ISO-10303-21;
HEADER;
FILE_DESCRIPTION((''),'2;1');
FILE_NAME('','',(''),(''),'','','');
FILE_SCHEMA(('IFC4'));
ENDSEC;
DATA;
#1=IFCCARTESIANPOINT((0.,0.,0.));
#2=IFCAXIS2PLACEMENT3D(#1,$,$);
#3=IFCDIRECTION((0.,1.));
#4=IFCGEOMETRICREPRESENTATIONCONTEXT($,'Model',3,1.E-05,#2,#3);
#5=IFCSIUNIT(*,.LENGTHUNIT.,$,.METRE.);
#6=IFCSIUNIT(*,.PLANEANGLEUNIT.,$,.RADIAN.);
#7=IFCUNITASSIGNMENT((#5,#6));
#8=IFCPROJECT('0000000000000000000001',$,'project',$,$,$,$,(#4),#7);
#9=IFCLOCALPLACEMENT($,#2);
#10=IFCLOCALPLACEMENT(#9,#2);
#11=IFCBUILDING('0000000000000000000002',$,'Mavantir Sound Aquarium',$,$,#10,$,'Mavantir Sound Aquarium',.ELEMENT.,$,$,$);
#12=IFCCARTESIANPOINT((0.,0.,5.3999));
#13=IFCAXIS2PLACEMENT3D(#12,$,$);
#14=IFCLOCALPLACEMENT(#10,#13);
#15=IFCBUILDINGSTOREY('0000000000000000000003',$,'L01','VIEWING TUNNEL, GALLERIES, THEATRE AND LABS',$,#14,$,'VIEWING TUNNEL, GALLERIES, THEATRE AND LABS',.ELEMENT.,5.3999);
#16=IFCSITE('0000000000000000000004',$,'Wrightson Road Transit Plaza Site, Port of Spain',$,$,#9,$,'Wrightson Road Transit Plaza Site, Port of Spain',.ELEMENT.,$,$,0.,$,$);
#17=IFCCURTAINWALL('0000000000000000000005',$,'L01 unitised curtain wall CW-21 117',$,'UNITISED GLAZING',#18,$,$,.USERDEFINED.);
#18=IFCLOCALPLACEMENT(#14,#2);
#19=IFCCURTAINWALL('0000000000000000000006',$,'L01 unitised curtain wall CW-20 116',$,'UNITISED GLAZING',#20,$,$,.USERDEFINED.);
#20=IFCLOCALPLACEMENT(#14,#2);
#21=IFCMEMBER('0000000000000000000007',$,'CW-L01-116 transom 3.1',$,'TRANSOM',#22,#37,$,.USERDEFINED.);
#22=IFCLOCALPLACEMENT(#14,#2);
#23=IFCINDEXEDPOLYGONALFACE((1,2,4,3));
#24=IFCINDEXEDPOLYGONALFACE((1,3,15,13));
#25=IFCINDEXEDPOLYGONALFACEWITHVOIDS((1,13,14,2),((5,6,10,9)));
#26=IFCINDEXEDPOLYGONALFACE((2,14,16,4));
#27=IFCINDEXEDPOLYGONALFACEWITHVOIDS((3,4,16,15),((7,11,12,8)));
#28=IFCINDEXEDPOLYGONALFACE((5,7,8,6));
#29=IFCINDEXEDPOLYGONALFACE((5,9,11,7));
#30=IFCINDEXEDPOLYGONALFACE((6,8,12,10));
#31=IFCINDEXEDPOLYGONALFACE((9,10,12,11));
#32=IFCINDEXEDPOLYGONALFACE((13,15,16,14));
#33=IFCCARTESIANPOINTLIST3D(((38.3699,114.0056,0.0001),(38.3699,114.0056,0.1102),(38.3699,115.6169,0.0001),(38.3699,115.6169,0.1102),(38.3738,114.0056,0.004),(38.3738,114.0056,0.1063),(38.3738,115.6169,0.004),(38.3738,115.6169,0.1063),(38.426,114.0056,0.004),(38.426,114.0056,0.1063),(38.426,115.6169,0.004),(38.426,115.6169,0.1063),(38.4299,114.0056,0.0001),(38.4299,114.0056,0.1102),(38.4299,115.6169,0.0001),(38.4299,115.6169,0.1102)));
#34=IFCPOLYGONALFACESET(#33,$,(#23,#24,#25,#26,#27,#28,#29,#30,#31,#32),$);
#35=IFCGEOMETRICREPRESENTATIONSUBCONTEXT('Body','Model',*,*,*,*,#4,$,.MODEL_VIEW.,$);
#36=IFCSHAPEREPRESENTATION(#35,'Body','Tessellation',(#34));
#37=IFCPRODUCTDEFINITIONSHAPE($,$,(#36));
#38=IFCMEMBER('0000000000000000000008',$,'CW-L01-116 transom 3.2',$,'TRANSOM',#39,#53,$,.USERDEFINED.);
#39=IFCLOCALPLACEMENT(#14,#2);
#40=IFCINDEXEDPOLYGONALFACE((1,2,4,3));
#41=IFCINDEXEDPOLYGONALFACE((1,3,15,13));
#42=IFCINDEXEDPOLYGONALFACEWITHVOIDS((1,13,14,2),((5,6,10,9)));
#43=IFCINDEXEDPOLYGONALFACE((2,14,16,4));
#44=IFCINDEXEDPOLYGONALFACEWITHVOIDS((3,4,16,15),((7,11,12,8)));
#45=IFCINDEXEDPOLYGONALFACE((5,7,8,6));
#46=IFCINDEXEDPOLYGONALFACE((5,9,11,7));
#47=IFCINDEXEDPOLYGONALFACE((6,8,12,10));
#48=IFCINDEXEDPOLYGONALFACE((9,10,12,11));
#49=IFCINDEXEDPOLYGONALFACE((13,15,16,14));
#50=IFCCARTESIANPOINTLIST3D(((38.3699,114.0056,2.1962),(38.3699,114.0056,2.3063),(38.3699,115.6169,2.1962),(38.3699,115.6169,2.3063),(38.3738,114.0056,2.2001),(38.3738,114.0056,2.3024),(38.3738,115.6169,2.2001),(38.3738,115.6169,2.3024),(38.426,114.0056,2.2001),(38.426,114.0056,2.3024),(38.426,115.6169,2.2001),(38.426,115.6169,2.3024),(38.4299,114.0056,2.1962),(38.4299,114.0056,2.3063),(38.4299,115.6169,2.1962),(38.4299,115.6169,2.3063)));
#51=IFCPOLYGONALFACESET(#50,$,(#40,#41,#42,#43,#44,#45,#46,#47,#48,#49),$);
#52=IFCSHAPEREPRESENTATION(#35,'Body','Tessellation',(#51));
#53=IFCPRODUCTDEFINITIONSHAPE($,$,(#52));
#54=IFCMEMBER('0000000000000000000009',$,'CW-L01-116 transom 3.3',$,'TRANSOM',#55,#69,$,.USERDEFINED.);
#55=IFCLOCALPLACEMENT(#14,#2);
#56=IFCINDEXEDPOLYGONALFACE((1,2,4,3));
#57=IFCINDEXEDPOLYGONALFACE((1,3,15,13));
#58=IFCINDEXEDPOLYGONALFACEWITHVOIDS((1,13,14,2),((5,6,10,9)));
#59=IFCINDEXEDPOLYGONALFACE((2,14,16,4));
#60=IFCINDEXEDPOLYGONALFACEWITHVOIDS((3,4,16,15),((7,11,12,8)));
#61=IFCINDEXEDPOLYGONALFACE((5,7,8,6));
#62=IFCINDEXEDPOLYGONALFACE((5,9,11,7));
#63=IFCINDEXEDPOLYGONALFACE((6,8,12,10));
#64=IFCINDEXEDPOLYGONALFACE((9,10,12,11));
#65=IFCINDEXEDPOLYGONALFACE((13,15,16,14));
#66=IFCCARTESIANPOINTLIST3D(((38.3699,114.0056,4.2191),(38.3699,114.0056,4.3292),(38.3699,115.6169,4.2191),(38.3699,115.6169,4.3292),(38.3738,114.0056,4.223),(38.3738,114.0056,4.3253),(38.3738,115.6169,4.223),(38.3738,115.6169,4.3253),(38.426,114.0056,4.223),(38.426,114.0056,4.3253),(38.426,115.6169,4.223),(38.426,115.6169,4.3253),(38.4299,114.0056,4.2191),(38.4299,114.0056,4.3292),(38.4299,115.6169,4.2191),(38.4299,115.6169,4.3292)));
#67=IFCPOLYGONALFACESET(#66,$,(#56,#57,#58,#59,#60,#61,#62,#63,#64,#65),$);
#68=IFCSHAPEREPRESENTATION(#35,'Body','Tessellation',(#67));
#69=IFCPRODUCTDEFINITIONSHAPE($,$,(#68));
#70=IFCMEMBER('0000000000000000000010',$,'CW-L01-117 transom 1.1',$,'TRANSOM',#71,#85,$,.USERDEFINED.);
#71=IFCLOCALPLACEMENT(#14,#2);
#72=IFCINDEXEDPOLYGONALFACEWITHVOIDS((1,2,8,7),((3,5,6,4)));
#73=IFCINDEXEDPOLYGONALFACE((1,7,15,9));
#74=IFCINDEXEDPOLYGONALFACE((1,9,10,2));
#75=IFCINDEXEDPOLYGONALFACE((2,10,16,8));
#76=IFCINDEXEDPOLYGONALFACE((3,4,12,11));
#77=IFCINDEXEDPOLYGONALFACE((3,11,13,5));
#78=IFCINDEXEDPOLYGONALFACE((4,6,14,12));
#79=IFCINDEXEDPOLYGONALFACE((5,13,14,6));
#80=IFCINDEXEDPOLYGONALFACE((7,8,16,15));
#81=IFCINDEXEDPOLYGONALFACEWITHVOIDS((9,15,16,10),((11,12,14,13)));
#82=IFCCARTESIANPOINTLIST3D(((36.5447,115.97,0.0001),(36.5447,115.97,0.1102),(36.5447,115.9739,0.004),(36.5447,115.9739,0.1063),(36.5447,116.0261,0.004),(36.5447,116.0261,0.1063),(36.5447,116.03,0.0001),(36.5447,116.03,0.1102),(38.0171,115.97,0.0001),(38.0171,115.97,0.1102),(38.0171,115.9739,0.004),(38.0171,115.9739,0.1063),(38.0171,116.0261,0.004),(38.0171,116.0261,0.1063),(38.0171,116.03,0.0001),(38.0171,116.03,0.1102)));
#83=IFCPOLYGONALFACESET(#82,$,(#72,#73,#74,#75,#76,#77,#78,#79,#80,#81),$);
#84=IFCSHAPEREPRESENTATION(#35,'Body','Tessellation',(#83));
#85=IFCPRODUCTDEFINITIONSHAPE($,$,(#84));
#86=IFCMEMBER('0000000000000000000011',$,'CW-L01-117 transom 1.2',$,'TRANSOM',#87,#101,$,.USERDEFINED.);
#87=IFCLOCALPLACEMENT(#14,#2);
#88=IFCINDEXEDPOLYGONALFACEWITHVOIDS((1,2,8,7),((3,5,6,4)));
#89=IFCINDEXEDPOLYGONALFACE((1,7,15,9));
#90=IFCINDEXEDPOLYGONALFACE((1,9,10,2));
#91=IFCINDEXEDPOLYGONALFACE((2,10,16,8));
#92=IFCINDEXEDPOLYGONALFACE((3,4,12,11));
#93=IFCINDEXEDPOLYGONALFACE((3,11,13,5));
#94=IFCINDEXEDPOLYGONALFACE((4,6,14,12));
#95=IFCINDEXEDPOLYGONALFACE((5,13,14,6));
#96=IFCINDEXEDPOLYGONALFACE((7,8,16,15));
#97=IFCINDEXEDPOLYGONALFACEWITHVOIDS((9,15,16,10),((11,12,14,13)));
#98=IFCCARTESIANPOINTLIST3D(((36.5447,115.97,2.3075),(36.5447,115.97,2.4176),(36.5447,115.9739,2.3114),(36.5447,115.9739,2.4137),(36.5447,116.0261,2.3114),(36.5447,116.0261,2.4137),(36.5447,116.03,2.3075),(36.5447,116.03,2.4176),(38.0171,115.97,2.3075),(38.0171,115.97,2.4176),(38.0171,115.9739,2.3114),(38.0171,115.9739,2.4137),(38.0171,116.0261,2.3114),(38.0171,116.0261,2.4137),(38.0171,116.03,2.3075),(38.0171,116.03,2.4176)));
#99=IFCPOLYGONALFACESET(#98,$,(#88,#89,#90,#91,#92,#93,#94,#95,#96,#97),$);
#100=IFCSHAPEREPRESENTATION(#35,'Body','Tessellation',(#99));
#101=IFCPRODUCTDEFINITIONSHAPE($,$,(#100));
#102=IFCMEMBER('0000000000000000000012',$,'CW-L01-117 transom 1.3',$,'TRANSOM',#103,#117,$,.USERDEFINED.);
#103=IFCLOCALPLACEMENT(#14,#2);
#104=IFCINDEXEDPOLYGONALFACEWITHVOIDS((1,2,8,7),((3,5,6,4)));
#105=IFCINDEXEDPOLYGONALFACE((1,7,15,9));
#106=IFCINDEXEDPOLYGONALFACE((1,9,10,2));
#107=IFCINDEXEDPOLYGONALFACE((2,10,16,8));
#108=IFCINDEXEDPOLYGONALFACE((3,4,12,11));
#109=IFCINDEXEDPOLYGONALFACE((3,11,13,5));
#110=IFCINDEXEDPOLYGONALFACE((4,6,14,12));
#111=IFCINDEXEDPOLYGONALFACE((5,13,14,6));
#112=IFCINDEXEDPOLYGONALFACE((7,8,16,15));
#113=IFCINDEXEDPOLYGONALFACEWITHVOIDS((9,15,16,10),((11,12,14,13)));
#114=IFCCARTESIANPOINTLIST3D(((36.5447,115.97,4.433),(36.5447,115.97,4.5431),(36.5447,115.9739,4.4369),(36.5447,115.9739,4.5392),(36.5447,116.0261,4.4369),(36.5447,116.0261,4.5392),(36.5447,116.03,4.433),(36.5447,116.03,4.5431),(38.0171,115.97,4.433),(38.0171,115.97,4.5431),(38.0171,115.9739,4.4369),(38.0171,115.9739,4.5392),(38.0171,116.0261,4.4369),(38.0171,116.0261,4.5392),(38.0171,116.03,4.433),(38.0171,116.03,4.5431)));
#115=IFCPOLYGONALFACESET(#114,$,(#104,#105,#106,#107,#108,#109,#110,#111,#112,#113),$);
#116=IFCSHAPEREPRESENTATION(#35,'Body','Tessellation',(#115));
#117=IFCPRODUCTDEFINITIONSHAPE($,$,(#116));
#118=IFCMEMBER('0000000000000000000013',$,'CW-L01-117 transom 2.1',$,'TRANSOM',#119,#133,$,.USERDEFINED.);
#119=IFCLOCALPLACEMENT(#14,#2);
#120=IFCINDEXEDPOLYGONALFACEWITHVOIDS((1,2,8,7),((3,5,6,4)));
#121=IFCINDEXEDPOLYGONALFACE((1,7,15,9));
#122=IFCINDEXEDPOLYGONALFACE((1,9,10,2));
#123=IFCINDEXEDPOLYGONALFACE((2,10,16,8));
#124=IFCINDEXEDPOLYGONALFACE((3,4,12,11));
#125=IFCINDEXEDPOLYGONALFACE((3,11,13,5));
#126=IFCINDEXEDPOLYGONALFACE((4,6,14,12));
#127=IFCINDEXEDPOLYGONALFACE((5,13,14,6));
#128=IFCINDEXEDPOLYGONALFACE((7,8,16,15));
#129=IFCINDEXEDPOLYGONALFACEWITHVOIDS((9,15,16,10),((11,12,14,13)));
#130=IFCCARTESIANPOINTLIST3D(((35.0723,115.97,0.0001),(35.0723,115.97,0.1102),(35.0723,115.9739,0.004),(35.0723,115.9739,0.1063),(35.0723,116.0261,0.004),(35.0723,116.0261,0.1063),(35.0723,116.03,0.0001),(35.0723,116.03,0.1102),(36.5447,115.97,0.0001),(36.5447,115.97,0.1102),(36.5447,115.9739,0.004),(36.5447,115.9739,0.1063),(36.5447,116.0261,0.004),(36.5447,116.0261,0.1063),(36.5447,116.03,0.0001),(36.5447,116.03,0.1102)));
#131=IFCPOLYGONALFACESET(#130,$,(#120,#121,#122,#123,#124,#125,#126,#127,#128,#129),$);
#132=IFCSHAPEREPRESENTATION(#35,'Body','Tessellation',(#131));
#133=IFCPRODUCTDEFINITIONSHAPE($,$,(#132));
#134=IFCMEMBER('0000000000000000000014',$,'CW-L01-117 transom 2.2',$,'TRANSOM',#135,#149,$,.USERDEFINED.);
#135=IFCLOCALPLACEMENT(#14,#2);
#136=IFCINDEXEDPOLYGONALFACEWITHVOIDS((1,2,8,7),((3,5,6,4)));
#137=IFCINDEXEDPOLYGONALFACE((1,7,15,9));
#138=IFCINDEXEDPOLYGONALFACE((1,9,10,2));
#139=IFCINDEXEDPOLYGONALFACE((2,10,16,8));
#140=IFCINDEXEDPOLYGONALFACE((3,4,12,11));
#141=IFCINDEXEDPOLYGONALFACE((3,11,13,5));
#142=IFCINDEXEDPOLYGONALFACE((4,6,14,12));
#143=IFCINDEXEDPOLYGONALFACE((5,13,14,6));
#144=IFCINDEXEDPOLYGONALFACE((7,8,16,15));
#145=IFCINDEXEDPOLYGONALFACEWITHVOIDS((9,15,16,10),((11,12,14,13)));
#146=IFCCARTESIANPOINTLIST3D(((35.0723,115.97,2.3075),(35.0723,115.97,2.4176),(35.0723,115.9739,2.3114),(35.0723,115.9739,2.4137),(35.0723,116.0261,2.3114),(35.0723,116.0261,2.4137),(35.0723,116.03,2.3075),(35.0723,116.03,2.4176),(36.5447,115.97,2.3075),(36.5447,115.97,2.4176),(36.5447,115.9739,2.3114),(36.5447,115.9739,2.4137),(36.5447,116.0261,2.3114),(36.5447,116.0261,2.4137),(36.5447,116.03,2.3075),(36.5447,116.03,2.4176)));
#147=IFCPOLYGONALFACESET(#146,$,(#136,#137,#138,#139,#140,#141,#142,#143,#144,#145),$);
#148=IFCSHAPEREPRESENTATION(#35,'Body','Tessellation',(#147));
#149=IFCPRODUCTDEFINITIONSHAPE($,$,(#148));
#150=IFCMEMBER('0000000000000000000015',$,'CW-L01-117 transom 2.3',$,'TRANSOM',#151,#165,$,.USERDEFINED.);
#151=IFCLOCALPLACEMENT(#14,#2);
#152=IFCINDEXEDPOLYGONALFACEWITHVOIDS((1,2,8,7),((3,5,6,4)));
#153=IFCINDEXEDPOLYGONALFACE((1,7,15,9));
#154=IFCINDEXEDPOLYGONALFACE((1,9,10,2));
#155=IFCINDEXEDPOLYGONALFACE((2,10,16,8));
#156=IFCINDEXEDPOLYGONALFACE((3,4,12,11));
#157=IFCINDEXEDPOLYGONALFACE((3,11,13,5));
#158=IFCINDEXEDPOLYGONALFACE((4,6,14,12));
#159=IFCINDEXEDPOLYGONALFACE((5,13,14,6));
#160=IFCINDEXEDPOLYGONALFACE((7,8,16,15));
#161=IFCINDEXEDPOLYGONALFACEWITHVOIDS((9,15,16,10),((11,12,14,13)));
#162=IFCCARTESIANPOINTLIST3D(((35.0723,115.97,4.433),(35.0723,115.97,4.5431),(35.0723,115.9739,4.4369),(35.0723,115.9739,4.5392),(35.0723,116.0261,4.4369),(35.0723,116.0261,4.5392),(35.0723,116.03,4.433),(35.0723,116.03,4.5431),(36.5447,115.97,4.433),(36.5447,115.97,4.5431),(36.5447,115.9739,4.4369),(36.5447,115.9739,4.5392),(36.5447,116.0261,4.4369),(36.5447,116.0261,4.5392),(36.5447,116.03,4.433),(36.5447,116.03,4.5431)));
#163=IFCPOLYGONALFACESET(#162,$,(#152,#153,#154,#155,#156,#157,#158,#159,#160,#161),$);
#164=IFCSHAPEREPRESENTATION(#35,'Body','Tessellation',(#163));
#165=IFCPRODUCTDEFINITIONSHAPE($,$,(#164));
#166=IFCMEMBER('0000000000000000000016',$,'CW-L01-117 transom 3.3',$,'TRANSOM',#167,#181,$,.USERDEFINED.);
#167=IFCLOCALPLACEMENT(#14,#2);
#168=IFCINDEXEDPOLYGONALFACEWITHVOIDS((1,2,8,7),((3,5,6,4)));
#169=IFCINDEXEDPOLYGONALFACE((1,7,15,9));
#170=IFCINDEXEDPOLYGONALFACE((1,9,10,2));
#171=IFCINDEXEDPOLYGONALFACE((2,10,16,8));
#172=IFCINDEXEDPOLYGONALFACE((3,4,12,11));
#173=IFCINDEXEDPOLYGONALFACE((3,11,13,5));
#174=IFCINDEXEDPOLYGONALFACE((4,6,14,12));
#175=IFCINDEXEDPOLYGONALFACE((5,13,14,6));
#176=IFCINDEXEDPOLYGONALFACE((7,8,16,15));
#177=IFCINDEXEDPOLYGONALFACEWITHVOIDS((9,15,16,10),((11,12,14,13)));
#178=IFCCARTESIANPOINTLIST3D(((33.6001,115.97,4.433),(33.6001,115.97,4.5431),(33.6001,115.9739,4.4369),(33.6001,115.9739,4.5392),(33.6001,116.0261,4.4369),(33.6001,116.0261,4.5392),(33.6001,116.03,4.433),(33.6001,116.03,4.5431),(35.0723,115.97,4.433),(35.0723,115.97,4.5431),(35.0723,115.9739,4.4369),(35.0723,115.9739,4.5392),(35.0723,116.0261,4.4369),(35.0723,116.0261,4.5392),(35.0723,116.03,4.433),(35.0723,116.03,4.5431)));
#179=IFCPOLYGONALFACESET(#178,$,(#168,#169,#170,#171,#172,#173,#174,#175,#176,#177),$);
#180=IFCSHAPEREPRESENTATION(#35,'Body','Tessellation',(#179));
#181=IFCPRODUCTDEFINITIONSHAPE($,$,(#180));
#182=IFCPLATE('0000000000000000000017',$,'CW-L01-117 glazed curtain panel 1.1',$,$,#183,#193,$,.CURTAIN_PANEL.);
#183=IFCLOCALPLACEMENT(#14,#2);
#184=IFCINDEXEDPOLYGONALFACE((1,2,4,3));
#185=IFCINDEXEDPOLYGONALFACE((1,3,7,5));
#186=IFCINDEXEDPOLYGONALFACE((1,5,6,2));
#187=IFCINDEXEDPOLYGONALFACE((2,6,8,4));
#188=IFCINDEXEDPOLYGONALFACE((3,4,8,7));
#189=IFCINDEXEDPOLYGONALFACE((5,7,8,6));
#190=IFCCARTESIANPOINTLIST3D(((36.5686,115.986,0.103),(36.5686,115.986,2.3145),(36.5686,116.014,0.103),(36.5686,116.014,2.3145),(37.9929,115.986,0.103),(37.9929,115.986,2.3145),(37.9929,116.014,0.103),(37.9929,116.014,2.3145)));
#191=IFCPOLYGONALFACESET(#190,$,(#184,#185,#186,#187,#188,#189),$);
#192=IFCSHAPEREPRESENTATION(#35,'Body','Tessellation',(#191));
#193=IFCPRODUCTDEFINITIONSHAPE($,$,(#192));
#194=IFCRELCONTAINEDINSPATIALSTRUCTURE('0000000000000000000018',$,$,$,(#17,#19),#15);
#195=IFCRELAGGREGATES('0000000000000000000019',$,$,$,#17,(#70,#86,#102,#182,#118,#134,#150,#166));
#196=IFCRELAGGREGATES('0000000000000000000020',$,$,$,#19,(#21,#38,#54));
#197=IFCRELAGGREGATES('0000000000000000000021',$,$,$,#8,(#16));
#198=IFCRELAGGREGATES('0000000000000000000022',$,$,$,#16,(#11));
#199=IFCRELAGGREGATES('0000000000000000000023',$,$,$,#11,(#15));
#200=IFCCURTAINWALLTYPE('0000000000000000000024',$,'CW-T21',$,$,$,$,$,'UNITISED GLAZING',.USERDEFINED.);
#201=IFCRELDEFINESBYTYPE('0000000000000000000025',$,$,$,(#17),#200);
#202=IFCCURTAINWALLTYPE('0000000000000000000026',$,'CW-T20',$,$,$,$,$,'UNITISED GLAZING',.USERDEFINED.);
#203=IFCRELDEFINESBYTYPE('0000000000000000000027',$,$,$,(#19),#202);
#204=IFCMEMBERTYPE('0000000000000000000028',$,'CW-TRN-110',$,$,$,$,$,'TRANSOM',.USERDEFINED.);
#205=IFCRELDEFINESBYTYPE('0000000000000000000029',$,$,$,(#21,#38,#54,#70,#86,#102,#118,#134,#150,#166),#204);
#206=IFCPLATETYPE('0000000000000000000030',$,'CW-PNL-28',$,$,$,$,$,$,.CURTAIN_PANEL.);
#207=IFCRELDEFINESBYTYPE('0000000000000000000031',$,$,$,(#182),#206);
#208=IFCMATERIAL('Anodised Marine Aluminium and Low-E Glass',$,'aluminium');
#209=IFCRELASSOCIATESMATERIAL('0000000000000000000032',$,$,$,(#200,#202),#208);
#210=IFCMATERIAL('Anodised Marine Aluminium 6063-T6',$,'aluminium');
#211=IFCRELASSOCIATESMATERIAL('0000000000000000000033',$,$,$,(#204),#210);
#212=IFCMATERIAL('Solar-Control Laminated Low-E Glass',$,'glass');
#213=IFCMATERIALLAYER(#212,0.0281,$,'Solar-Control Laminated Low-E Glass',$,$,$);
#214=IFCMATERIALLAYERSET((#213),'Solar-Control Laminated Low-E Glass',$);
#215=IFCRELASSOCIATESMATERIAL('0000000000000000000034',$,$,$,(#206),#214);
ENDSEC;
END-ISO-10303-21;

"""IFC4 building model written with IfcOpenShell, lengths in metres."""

from ifc_helpers import new_model, si_unit, direction, frame, origin, origin_2d, place, context, subcontext, project, spatial, rectangle, hollow_rectangle, extrude, material, layer, layer_set, material_profile, profile_set, type_object, element, aggregate, save


model = new_model("IFC4")

# Units and contexts
model_context = context("Model", 3, precision=1e-05, world=origin(), true_north=direction((0.0, 1.0)))
body_context = subcontext(model_context, "Body", "Model", "MODEL_VIEW")
ifc_project = project(units=[si_unit("LENGTHUNIT", "METRE"), si_unit("PLANEANGLEUNIT", "RADIAN")], contexts=[model_context])

# Site, building, storey
site_placement = place(None, origin())
site = spatial("IfcSite", under=ifc_project, at=site_placement, Name="Wrightson Road Transit Plaza Site, Port of Spain", LongName="Wrightson Road Transit Plaza Site, Port of Spain", CompositionType="ELEMENT", RefElevation=0.0)
building_placement = place(site_placement, origin())
building = spatial("IfcBuilding", under=site, at=building_placement, Name="Mavantir Sound Aquarium", LongName="Mavantir Sound Aquarium", CompositionType="ELEMENT")
storey_placement = place(building_placement, frame((0.0, 0.0, 5.3999)))
storey = spatial("IfcBuildingStorey", under=building, at=storey_placement, Name="L01", Description="VIEWING TUNNEL, GALLERIES, THEATRE AND LABS", LongName="VIEWING TUNNEL, GALLERIES, THEATRE AND LABS", CompositionType="ELEMENT", Elevation=5.3999)

# Curtain walls, members
ifc_material_1 = material(Name="Anodised Marine Aluminium and Low-E Glass", Category="aluminium")
curtain_wall_type_1 = type_object("IfcCurtainWallType", Name="CW-T21", ElementType="UNITISED GLAZING", PredefinedType="USERDEFINED", material=ifc_material_1)
curtain_wall_1_placement = place(storey_placement, origin())
curtain_wall_1 = element("IfcCurtainWall", 1, at=curtain_wall_1_placement, inside=storey, type_object=curtain_wall_type_1, Name="L01 unitised curtain wall CW-21 117", ObjectType="UNITISED GLAZING", PredefinedType="USERDEFINED")
ifc_material_2 = material(Name="Anodised Marine Aluminium 6063-T6", Category="aluminium")
curtain_wall_type_2 = type_object("IfcCurtainWallType", Name="CW-T20", ElementType="UNITISED GLAZING", PredefinedType="USERDEFINED", material=ifc_material_1)
curtain_wall_2_placement = place(storey_placement, origin())
curtain_wall_2 = element("IfcCurtainWall", 2, at=curtain_wall_2_placement, inside=storey, type_object=curtain_wall_type_2, Name="L01 unitised curtain wall CW-20 116", ObjectType="UNITISED GLAZING", PredefinedType="USERDEFINED")
ifc_material_profile_1 = material_profile(ifc_material_2, hollow_rectangle(XDim=0.0601, YDim=0.1101, WallThickness=0.0039, at=origin_2d()), Name="ALU-TRANSOM-110X60")
ifc_profile_set_1 = profile_set([ifc_material_profile_1], Name="Anodised Marine Aluminium 6063-T6")
member_type_1 = type_object("IfcMemberType", Name="CW-TRN-110", ElementType="TRANSOM", PredefinedType="USERDEFINED", material=ifc_profile_set_1)
member_1_placement = place(storey_placement, frame((38.3999, 114.0056, 0.0552), z_axis=(0.0, 1.0, 0.0), x_axis=(-1.0, 0.0, 0.0)))
member_1 = element("IfcMember", 3, at=member_1_placement, type_object=member_type_1, Name="CW-L01-116 transom 3.1", ObjectType="TRANSOM", PredefinedType="USERDEFINED", context=body_context, shape_type="SweptSolid", body=[
    extrude(hollow_rectangle(XDim=0.0601, YDim=0.1101, WallThickness=0.0039, at=origin_2d()), origin(), (0.0, 0.0, 1.0), 1.6113),
])
member_2_placement = place(storey_placement, frame((38.3999, 114.0056, 2.2512), z_axis=(0.0, 1.0, 0.0), x_axis=(-1.0, 0.0, 0.0)))
member_2 = element("IfcMember", 4, at=member_2_placement, type_object=member_type_1, Name="CW-L01-116 transom 3.2", ObjectType="TRANSOM", PredefinedType="USERDEFINED", context=body_context, shape_type="SweptSolid", body=[
    extrude(hollow_rectangle(XDim=0.0601, YDim=0.1101, WallThickness=0.0039, at=origin_2d()), origin(), (0.0, 0.0, 1.0), 1.6113),
])
member_3_placement = place(storey_placement, frame((38.3999, 114.0056, 4.2742), z_axis=(0.0, 1.0, 0.0), x_axis=(-1.0, 0.0, 0.0)))
member_3 = element("IfcMember", 5, at=member_3_placement, type_object=member_type_1, Name="CW-L01-116 transom 3.3", ObjectType="TRANSOM", PredefinedType="USERDEFINED", context=body_context, shape_type="SweptSolid", body=[
    extrude(hollow_rectangle(XDim=0.0601, YDim=0.1101, WallThickness=0.0039, at=origin_2d()), origin(), (0.0, 0.0, 1.0), 1.6113),
])

# Members
member_4_placement = place(storey_placement, frame((38.0171, 116.0, 0.0552), z_axis=(-1.0, 0.0, 0.0), x_axis=(0.0, -1.0, 0.0)))
member_4 = element("IfcMember", 6, at=member_4_placement, type_object=member_type_1, Name="CW-L01-117 transom 1.1", ObjectType="TRANSOM", PredefinedType="USERDEFINED", context=body_context, shape_type="SweptSolid", body=[
    extrude(hollow_rectangle(XDim=0.0601, YDim=0.1101, WallThickness=0.0039, at=origin_2d()), origin(), (0.0, 0.0, 1.0), 1.4724),
])
member_5_placement = place(storey_placement, frame((38.0171, 116.0, 2.3625), z_axis=(-1.0, 0.0, 0.0), x_axis=(0.0, -1.0, 0.0)))
member_5 = element("IfcMember", 7, at=member_5_placement, type_object=member_type_1, Name="CW-L01-117 transom 1.2", ObjectType="TRANSOM", PredefinedType="USERDEFINED", context=body_context, shape_type="SweptSolid", body=[
    extrude(hollow_rectangle(XDim=0.0601, YDim=0.1101, WallThickness=0.0039, at=origin_2d()), origin(), (0.0, 0.0, 1.0), 1.4724),
])
member_6_placement = place(storey_placement, frame((38.0171, 116.0, 4.488), z_axis=(-1.0, 0.0, 0.0), x_axis=(0.0, -1.0, 0.0)))
member_6 = element("IfcMember", 8, at=member_6_placement, type_object=member_type_1, Name="CW-L01-117 transom 1.3", ObjectType="TRANSOM", PredefinedType="USERDEFINED", context=body_context, shape_type="SweptSolid", body=[
    extrude(hollow_rectangle(XDim=0.0601, YDim=0.1101, WallThickness=0.0039, at=origin_2d()), origin(), (0.0, 0.0, 1.0), 1.4724),
])
member_7_placement = place(storey_placement, frame((36.5447, 116.0, 0.0552), z_axis=(-1.0, 0.0, 0.0), x_axis=(0.0, -1.0, 0.0)))
member_7 = element("IfcMember", 9, at=member_7_placement, type_object=member_type_1, Name="CW-L01-117 transom 2.1", ObjectType="TRANSOM", PredefinedType="USERDEFINED", context=body_context, shape_type="SweptSolid", body=[
    extrude(hollow_rectangle(XDim=0.0601, YDim=0.1101, WallThickness=0.0039, at=origin_2d()), origin(), (0.0, 0.0, 1.0), 1.4724),
])
member_8_placement = place(storey_placement, frame((36.5447, 116.0, 2.3625), z_axis=(-1.0, 0.0, 0.0), x_axis=(0.0, -1.0, 0.0)))
member_8 = element("IfcMember", 10, at=member_8_placement, type_object=member_type_1, Name="CW-L01-117 transom 2.2", ObjectType="TRANSOM", PredefinedType="USERDEFINED", context=body_context, shape_type="SweptSolid", body=[
    extrude(hollow_rectangle(XDim=0.0601, YDim=0.1101, WallThickness=0.0039, at=origin_2d()), origin(), (0.0, 0.0, 1.0), 1.4724),
])
member_9_placement = place(storey_placement, frame((36.5447, 116.0, 4.488), z_axis=(-1.0, 0.0, 0.0), x_axis=(0.0, -1.0, 0.0)))
member_9 = element("IfcMember", 11, at=member_9_placement, type_object=member_type_1, Name="CW-L01-117 transom 2.3", ObjectType="TRANSOM", PredefinedType="USERDEFINED", context=body_context, shape_type="SweptSolid", body=[
    extrude(hollow_rectangle(XDim=0.0601, YDim=0.1101, WallThickness=0.0039, at=origin_2d()), origin(), (0.0, 0.0, 1.0), 1.4724),
])
member_10_placement = place(storey_placement, frame((35.0723, 116.0, 4.488), z_axis=(-1.0, 0.0, 0.0), x_axis=(0.0, -1.0, 0.0)))
member_10 = element("IfcMember", 12, at=member_10_placement, type_object=member_type_1, Name="CW-L01-117 transom 3.3", ObjectType="TRANSOM", PredefinedType="USERDEFINED", context=body_context, shape_type="SweptSolid", body=[
    extrude(hollow_rectangle(XDim=0.0601, YDim=0.1101, WallThickness=0.0039, at=origin_2d()), origin(), (0.0, 0.0, 1.0), 1.4722),
])

# Plate
ifc_material_3 = material(Name="Solar-Control Laminated Low-E Glass", Category="glass")
ifc_layer_1 = layer(ifc_material_3, 0.0281, Name="Solar-Control Laminated Low-E Glass")
ifc_layer_set_1 = layer_set([ifc_layer_1], Name="Solar-Control Laminated Low-E Glass")
plate_type_1 = type_object("IfcPlateType", Name="CW-PNL-28", PredefinedType="CURTAIN_PANEL", material=ifc_layer_set_1)
plate_1_placement = place(storey_placement, frame((37.2808, 116.0, 0.103), z_axis=(0.0, 0.0, 1.0), x_axis=(-1.0, 0.0, 0.0)))
plate_1 = element("IfcPlate", 13, at=plate_1_placement, type_object=plate_type_1, Name="CW-L01-117 glazed curtain panel 1.1", PredefinedType="CURTAIN_PANEL", context=body_context, shape_type="SweptSolid", body=[
    extrude(rectangle(XDim=1.4243, YDim=0.0281, at=origin_2d()), origin(), (0.0, 0.0, 1.0), 2.2114),
])
aggregate(curtain_wall_1, [member_4, member_5, member_6, plate_1, member_7, member_8, member_9, member_10])
aggregate(curtain_wall_2, [member_1, member_2, member_3])

save(model, "model.ifc")
